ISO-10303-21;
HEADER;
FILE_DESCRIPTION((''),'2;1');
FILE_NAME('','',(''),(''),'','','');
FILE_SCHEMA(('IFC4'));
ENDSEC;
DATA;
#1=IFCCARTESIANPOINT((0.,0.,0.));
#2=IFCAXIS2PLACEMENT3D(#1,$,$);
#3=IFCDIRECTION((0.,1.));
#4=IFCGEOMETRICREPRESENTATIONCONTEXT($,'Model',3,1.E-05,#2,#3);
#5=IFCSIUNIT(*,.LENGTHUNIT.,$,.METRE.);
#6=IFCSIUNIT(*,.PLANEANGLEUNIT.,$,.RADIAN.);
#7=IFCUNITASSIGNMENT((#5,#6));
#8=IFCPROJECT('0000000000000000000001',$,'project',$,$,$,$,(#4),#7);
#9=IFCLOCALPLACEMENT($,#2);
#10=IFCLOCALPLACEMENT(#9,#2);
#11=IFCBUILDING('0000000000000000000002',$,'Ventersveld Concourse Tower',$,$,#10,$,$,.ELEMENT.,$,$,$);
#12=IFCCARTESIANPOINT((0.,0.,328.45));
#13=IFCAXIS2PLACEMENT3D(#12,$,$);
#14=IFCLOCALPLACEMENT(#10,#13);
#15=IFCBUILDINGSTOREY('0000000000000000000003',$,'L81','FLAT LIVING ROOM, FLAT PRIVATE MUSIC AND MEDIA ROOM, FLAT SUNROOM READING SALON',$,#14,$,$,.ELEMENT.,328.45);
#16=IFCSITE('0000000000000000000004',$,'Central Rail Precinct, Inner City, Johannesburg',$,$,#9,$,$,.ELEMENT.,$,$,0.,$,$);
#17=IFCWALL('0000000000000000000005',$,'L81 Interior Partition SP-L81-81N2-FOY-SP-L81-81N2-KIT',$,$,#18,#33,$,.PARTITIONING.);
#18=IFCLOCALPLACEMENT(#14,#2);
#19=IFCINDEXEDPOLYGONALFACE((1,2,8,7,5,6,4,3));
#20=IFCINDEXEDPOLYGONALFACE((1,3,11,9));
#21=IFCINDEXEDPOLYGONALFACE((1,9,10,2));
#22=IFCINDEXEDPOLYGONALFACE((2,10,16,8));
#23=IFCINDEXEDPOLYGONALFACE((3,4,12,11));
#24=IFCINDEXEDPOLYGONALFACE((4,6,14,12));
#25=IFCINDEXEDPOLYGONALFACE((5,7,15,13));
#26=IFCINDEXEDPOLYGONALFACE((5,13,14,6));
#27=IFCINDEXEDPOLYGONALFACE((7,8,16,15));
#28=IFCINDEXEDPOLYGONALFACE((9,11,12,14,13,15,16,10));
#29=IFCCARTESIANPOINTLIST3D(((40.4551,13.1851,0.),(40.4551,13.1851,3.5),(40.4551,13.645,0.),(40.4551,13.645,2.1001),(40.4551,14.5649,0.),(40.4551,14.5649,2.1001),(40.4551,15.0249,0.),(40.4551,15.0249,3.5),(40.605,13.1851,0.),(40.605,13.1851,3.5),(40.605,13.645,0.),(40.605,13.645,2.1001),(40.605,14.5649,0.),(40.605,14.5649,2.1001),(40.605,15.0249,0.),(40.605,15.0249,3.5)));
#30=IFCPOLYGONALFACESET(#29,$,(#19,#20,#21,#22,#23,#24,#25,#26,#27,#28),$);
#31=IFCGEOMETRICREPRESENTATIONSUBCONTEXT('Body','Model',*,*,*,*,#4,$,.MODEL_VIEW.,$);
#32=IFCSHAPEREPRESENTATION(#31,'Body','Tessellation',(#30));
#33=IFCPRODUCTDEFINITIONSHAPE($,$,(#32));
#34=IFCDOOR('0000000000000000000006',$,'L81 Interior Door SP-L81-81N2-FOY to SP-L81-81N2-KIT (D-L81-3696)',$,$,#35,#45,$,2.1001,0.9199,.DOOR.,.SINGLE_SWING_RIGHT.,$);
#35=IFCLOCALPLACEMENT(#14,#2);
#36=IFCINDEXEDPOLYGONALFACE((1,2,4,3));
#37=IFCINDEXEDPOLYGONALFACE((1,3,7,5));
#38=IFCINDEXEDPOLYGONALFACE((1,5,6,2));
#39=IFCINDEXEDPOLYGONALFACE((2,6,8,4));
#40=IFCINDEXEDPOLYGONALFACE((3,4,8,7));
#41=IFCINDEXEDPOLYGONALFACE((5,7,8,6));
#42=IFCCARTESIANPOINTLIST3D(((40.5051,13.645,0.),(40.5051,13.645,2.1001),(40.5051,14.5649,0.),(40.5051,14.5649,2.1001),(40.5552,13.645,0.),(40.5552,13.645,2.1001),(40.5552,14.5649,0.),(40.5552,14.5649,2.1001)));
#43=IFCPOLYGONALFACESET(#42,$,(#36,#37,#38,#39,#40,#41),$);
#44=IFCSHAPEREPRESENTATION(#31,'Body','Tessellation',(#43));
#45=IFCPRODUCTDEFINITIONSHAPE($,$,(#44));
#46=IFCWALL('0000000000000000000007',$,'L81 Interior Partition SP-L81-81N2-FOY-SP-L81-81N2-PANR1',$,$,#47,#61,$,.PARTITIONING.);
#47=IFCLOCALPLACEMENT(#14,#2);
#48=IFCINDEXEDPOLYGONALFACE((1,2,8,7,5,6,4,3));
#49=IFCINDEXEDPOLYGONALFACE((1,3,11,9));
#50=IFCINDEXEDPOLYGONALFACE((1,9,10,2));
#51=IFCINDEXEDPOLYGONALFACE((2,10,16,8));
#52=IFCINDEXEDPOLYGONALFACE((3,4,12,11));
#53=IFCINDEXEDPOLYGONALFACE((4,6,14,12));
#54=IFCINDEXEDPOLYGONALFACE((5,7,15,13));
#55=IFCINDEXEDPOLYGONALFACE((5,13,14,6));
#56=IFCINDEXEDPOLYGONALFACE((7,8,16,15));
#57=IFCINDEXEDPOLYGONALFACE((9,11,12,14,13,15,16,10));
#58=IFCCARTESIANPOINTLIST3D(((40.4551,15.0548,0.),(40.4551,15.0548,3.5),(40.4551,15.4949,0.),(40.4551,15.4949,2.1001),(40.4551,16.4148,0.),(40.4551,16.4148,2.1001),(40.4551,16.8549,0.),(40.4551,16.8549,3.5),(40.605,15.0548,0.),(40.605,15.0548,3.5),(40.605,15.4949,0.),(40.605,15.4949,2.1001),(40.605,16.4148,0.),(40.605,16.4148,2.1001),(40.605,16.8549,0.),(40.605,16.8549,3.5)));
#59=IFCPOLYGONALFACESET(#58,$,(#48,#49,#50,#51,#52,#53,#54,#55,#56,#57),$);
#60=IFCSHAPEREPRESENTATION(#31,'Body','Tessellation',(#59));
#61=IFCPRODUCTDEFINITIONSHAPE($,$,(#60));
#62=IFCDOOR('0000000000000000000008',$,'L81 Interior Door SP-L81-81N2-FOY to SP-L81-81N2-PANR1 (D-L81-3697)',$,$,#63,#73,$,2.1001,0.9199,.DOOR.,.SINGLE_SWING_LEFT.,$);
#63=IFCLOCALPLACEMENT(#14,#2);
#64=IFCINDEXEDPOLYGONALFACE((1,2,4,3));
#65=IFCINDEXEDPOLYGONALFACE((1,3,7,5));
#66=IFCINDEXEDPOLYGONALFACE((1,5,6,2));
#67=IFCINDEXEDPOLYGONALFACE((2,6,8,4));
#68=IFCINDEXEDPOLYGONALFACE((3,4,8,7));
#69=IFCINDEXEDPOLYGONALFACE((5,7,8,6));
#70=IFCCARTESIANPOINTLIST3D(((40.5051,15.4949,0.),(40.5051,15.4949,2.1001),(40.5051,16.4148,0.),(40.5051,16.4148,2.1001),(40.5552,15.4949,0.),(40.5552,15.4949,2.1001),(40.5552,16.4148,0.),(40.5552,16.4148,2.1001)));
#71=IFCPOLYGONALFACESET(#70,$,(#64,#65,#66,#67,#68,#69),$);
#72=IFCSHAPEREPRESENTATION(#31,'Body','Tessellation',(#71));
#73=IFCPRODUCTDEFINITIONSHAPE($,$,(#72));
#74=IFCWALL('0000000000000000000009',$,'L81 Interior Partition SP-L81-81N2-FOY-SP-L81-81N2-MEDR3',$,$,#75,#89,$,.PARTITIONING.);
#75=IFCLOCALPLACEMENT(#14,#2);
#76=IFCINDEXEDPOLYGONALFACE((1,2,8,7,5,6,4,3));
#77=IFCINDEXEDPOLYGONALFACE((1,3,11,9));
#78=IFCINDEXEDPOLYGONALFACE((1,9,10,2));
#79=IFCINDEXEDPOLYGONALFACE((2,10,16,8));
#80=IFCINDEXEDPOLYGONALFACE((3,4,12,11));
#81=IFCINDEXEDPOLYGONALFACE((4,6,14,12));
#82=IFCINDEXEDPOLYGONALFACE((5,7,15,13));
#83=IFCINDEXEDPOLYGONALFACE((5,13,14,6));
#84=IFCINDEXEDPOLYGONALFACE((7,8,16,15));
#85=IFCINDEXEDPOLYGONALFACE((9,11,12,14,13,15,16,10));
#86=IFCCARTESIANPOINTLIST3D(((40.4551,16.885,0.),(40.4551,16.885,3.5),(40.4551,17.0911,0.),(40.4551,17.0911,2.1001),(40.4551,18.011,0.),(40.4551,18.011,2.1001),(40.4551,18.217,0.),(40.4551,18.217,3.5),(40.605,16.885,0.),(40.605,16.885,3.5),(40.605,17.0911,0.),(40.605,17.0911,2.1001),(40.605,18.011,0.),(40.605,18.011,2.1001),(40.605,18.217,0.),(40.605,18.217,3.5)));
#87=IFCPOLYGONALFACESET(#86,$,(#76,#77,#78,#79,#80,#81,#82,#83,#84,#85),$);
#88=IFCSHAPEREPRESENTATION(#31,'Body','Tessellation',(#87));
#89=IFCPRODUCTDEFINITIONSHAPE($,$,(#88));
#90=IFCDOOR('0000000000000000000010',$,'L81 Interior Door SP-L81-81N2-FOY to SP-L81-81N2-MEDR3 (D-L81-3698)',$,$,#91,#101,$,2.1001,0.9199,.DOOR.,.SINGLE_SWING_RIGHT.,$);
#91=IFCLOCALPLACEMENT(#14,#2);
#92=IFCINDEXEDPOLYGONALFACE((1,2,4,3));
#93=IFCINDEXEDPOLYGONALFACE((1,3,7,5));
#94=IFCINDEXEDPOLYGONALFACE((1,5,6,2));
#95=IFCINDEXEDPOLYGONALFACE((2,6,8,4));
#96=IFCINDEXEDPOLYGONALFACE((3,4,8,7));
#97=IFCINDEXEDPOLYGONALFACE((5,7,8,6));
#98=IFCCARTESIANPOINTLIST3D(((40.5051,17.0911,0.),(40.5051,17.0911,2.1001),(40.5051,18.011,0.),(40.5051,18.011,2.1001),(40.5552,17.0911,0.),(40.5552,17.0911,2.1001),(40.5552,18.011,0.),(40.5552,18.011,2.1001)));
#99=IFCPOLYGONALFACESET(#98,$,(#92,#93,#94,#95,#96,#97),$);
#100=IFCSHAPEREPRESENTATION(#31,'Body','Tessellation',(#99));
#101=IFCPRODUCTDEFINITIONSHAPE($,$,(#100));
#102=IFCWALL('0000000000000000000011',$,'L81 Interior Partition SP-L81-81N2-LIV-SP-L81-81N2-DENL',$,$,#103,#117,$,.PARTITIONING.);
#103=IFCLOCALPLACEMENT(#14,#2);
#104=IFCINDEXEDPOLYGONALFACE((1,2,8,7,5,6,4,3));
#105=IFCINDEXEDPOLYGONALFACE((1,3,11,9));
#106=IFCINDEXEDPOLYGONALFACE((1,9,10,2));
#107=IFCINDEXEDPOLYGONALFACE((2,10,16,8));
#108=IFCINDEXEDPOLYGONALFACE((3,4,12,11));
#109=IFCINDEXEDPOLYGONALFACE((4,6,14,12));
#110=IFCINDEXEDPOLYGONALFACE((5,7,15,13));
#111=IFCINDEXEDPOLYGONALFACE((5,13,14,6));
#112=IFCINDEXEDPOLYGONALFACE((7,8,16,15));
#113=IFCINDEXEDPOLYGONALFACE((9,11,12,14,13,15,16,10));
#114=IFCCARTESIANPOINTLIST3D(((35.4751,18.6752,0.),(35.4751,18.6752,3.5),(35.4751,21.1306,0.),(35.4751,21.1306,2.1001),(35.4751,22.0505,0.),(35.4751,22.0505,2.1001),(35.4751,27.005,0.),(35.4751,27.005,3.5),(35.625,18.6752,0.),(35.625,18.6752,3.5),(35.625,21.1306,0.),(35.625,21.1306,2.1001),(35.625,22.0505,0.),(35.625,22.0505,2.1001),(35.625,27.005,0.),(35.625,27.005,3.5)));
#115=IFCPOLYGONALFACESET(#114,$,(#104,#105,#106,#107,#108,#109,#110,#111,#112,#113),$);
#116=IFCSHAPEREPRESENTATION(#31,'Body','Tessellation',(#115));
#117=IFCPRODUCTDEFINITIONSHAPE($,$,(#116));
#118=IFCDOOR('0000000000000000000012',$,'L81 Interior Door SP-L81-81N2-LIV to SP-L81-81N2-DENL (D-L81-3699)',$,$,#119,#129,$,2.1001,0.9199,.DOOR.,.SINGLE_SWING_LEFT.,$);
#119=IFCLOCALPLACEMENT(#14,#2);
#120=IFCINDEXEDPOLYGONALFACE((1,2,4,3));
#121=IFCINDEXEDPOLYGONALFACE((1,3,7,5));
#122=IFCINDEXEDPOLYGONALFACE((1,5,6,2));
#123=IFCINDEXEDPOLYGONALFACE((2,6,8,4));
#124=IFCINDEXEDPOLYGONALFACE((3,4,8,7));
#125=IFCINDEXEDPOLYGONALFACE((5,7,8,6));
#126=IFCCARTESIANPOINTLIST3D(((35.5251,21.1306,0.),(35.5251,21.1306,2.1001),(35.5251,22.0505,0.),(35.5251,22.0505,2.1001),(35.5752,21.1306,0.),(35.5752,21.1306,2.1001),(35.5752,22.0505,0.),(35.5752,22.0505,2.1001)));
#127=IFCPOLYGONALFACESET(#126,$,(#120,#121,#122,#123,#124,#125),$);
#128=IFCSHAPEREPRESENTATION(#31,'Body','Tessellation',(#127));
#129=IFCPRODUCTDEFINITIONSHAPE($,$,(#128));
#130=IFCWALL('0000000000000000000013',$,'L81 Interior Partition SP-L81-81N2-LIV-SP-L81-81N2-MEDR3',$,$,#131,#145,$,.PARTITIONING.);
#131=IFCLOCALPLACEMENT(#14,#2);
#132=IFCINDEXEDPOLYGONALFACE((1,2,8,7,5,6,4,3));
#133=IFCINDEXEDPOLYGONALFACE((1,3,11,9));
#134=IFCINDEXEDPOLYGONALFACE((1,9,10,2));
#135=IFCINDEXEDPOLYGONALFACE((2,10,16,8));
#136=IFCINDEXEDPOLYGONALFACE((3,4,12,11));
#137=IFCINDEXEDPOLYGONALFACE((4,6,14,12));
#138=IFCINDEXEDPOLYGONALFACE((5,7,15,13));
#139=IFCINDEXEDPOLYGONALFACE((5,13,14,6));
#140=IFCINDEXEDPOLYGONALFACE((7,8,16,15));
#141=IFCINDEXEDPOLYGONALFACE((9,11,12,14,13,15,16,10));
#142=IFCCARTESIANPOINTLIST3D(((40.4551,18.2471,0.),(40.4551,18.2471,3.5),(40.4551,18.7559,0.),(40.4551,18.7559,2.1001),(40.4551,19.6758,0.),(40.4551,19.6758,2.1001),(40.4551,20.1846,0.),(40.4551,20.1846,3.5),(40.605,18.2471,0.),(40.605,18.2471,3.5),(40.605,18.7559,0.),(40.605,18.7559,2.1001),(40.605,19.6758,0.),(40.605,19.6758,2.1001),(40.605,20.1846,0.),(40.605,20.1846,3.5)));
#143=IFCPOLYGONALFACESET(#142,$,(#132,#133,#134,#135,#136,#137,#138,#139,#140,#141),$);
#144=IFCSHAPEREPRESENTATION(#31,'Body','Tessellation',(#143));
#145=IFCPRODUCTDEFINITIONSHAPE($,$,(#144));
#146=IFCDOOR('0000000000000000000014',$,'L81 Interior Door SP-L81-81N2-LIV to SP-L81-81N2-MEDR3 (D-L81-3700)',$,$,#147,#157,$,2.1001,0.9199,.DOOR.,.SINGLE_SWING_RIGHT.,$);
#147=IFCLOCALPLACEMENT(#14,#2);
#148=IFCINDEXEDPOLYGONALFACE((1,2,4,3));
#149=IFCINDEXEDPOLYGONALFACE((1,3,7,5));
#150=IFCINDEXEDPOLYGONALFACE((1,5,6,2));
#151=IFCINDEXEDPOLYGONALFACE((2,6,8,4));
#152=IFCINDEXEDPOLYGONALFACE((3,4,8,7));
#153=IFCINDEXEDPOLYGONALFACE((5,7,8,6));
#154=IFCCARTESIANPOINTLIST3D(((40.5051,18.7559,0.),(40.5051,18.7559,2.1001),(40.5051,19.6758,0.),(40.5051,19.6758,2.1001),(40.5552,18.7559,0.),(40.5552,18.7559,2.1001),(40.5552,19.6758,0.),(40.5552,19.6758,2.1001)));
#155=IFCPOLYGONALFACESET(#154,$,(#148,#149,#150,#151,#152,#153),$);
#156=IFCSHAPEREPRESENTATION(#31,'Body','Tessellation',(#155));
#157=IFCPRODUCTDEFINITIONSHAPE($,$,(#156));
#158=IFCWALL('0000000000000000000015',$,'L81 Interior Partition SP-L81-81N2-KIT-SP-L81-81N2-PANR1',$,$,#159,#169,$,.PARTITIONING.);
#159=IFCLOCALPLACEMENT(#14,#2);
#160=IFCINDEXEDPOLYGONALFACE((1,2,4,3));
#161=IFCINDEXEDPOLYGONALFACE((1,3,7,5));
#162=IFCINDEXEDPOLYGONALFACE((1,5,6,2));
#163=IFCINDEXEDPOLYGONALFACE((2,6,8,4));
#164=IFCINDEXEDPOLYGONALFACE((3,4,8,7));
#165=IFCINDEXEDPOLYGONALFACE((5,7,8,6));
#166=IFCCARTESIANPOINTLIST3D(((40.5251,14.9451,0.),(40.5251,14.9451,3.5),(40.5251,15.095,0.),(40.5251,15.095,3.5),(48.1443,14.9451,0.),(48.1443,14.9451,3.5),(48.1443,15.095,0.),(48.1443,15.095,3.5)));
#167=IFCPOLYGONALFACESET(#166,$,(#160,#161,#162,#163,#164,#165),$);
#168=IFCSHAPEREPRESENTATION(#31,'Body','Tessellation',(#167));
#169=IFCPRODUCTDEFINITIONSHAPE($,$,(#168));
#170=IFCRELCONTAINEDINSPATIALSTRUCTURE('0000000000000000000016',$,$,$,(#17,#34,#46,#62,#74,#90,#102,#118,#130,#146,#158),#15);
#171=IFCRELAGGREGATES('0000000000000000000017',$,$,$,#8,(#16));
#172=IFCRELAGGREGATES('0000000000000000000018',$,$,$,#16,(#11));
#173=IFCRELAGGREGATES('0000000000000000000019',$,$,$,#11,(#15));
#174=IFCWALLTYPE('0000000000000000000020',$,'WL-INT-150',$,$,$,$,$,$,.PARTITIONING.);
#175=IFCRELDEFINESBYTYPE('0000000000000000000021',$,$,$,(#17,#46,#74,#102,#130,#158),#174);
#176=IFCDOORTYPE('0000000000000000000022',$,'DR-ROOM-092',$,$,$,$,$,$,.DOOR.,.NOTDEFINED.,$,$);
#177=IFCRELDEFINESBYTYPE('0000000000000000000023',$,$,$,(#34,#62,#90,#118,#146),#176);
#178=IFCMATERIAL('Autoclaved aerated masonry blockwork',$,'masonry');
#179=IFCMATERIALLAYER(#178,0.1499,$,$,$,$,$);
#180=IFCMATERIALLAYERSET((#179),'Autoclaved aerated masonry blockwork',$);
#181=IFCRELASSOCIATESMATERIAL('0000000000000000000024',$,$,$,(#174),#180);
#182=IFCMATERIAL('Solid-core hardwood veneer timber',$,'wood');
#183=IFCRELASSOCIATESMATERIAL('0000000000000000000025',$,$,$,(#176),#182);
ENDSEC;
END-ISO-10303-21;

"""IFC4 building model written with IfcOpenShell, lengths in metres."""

from ifc_helpers import new_model, si_unit, direction, frame, frame_2d, origin, place, context, subcontext, project, spatial, rectangle, extrude, material, layer, layer_set, type_object, element, fill, save


model = new_model("IFC4")

# Units and contexts
model_context = context("Model", 3, precision=1e-05, world=origin(), true_north=direction((0.0, 1.0)))
body_context = subcontext(model_context, "Body", "Model", "MODEL_VIEW")
ifc_project = project(units=[si_unit("LENGTHUNIT", "METRE"), si_unit("PLANEANGLEUNIT", "RADIAN")], contexts=[model_context])

# Site, building, storey
site_placement = place(None, origin())
site = spatial("IfcSite", under=ifc_project, at=site_placement, Name="Central Rail Precinct, Inner City, Johannesburg", CompositionType="ELEMENT", RefElevation=0.0)
building_placement = place(site_placement, origin())
building = spatial("IfcBuilding", under=site, at=building_placement, Name="Ventersveld Concourse Tower", CompositionType="ELEMENT")
storey_placement = place(building_placement, frame((0.0, 0.0, 328.45)))
storey = spatial("IfcBuildingStorey", under=building, at=storey_placement, Name="L81", Description="FLAT LIVING ROOM, FLAT PRIVATE MUSIC AND MEDIA ROOM, FLAT SUNROOM READING SALON", CompositionType="ELEMENT", Elevation=328.45)

# Shared definitions
ifc_material_1 = material(Name="Solid-core hardwood veneer timber", Category="wood")

# Walls, openings, doors
ifc_material_2 = material(Name="Autoclaved aerated masonry blockwork", Category="masonry")
ifc_layer_1 = layer(ifc_material_2, 0.1499)
ifc_layer_set_1 = layer_set([ifc_layer_1], Name="Autoclaved aerated masonry blockwork")
wall_type_1 = type_object("IfcWallType", Name="WL-INT-150", PredefinedType="PARTITIONING", material=ifc_layer_set_1)
wall_1_placement = place(storey_placement, frame((40.53, 13.1851, 0.0), z_axis=(0.0, 0.0, 1.0), x_axis=(0.0, 1.0, 0.0)))
wall_1 = element("IfcWall", 1, at=wall_1_placement, inside=storey, type_object=wall_type_1, Name="L81 Interior Partition SP-L81-81N2-FOY-SP-L81-81N2-KIT", PredefinedType="PARTITIONING", context=body_context, shape_type="SweptSolid", body=[
    extrude(rectangle(XDim=1.8398, YDim=0.1499, at=frame_2d((0.9199, 0.0))), origin(), (0.0, 0.0, 1.0), 3.5),
])
opening_1_placement = place(wall_1_placement, frame((0.46, 0.0, 0.0)))
opening_1 = element("IfcOpeningElement", 2, at=opening_1_placement, cuts=wall_1, PredefinedType="OPENING", context=body_context, shape_type="SweptSolid", body=[
    extrude(rectangle(XDim=0.9199, YDim=2.1001, at=frame_2d((0.46, 1.05))), frame((0.0, 0.085, 0.0), z_axis=(0.0, -1.0, 0.0), x_axis=(1.0, 0.0, 0.0)), (0.0, 0.0, 1.0), 0.1699),
])
door_type_1 = type_object("IfcDoorType", Name="DR-ROOM-092", OperationType="NOTDEFINED", PredefinedType="DOOR", material=ifc_material_1)
door_1_placement = place(opening_1_placement, origin())
door_1 = element("IfcDoor", 3, at=door_1_placement, inside=storey, type_object=door_type_1, Name="L81 Interior Door SP-L81-81N2-FOY to SP-L81-81N2-KIT (D-L81-3696)", OperationType="SINGLE_SWING_RIGHT", OverallHeight=2.1001, OverallWidth=0.9199, PredefinedType="DOOR", context=body_context, shape_type="SweptSolid", body=[
    extrude(rectangle(XDim=0.9199, YDim=2.1001, at=frame_2d((0.46, 1.05))), frame((0.0, 0.0249, 0.0), z_axis=(0.0, -1.0, 0.0), x_axis=(1.0, 0.0, 0.0)), (0.0, 0.0, 1.0), 0.05),
])
fill(opening_1, door_1)
wall_2_placement = place(storey_placement, frame((40.53, 15.0549, 0.0), z_axis=(0.0, 0.0, 1.0), x_axis=(0.0, 1.0, 0.0)))
wall_2 = element("IfcWall", 4, at=wall_2_placement, inside=storey, type_object=wall_type_1, Name="L81 Interior Partition SP-L81-81N2-FOY-SP-L81-81N2-PANR1", PredefinedType="PARTITIONING", context=body_context, shape_type="SweptSolid", body=[
    extrude(rectangle(XDim=1.8, YDim=0.1499, at=frame_2d((0.8999, 0.0))), origin(), (0.0, 0.0, 1.0), 3.5),
])
opening_2_placement = place(wall_2_placement, frame((0.4399, 0.0, 0.0)))
opening_2 = element("IfcOpeningElement", 5, at=opening_2_placement, cuts=wall_2, PredefinedType="OPENING", context=body_context, shape_type="SweptSolid", body=[
    extrude(rectangle(XDim=0.9199, YDim=2.1001, at=frame_2d((0.46, 1.05))), frame((0.0, 0.085, 0.0), z_axis=(0.0, -1.0, 0.0), x_axis=(1.0, 0.0, 0.0)), (0.0, 0.0, 1.0), 0.1699),
])
door_2_placement = place(opening_2_placement, origin())
door_2 = element("IfcDoor", 6, at=door_2_placement, inside=storey, type_object=door_type_1, Name="L81 Interior Door SP-L81-81N2-FOY to SP-L81-81N2-PANR1 (D-L81-3697)", OperationType="SINGLE_SWING_LEFT", OverallHeight=2.1001, OverallWidth=0.9199, PredefinedType="DOOR", context=body_context, shape_type="SweptSolid", body=[
    extrude(rectangle(XDim=0.9199, YDim=2.1001, at=frame_2d((0.46, 1.05))), frame((0.0, 0.0249, 0.0), z_axis=(0.0, -1.0, 0.0), x_axis=(1.0, 0.0, 0.0)), (0.0, 0.0, 1.0), 0.05),
])
fill(opening_2, door_2)
wall_3_placement = place(storey_placement, frame((40.53, 16.885, 0.0), z_axis=(0.0, 0.0, 1.0), x_axis=(0.0, 1.0, 0.0)))
wall_3 = element("IfcWall", 7, at=wall_3_placement, inside=storey, type_object=wall_type_1, Name="L81 Interior Partition SP-L81-81N2-FOY-SP-L81-81N2-MEDR3", PredefinedType="PARTITIONING", context=body_context, shape_type="SweptSolid", body=[
    extrude(rectangle(XDim=1.332, YDim=0.1499, at=frame_2d((0.666, 0.0))), origin(), (0.0, 0.0, 1.0), 3.5),
])
opening_3_placement = place(wall_3_placement, frame((0.2061, 0.0, 0.0)))
opening_3 = element("IfcOpeningElement", 8, at=opening_3_placement, cuts=wall_3, PredefinedType="OPENING", context=body_context, shape_type="SweptSolid", body=[
    extrude(rectangle(XDim=0.9199, YDim=2.1001, at=frame_2d((0.46, 1.05))), frame((0.0, 0.085, 0.0), z_axis=(0.0, -1.0, 0.0), x_axis=(1.0, 0.0, 0.0)), (0.0, 0.0, 1.0), 0.1699),
])
door_3_placement = place(opening_3_placement, origin())
door_3 = element("IfcDoor", 9, at=door_3_placement, inside=storey, type_object=door_type_1, Name="L81 Interior Door SP-L81-81N2-FOY to SP-L81-81N2-MEDR3 (D-L81-3698)", OperationType="SINGLE_SWING_RIGHT", OverallHeight=2.1001, OverallWidth=0.9199, PredefinedType="DOOR", context=body_context, shape_type="SweptSolid", body=[
    extrude(rectangle(XDim=0.9199, YDim=2.1001, at=frame_2d((0.46, 1.05))), frame((0.0, 0.0249, 0.0), z_axis=(0.0, -1.0, 0.0), x_axis=(1.0, 0.0, 0.0)), (0.0, 0.0, 1.0), 0.05),
])
fill(opening_3, door_3)
wall_4_placement = place(storey_placement, frame((35.55, 18.675, 0.0), z_axis=(0.0, 0.0, 1.0), x_axis=(0.0, 1.0, 0.0)))
wall_4 = element("IfcWall", 10, at=wall_4_placement, inside=storey, type_object=wall_type_1, Name="L81 Interior Partition SP-L81-81N2-LIV-SP-L81-81N2-DENL", PredefinedType="PARTITIONING", context=body_context, shape_type="SweptSolid", body=[
    extrude(rectangle(XDim=8.3298, YDim=0.1499, at=frame_2d((4.165, 0.0))), origin(), (0.0, 0.0, 1.0), 3.5),
])
opening_4_placement = place(wall_4_placement, frame((2.4556, 0.0, 0.0)))
opening_4 = element("IfcOpeningElement", 11, at=opening_4_placement, cuts=wall_4, PredefinedType="OPENING", context=body_context, shape_type="SweptSolid", body=[
    extrude(rectangle(XDim=0.9199, YDim=2.1001, at=frame_2d((0.46, 1.05))), frame((0.0, 0.085, 0.0), z_axis=(0.0, -1.0, 0.0), x_axis=(1.0, 0.0, 0.0)), (0.0, 0.0, 1.0), 0.1699),
])
door_4_placement = place(opening_4_placement, origin())
door_4 = element("IfcDoor", 12, at=door_4_placement, inside=storey, type_object=door_type_1, Name="L81 Interior Door SP-L81-81N2-LIV to SP-L81-81N2-DENL (D-L81-3699)", OperationType="SINGLE_SWING_LEFT", OverallHeight=2.1001, OverallWidth=0.9199, PredefinedType="DOOR", context=body_context, shape_type="SweptSolid", body=[
    extrude(rectangle(XDim=0.9199, YDim=2.1001, at=frame_2d((0.46, 1.05))), frame((0.0, 0.0249, 0.0), z_axis=(0.0, -1.0, 0.0), x_axis=(1.0, 0.0, 0.0)), (0.0, 0.0, 1.0), 0.05),
])
fill(opening_4, door_4)
wall_5_placement = place(storey_placement, frame((40.53, 18.2471, 0.0), z_axis=(0.0, 0.0, 1.0), x_axis=(0.0, 1.0, 0.0)))
wall_5 = element("IfcWall", 13, at=wall_5_placement, inside=storey, type_object=wall_type_1, Name="L81 Interior Partition SP-L81-81N2-LIV-SP-L81-81N2-MEDR3", PredefinedType="PARTITIONING", context=body_context, shape_type="SweptSolid", body=[
    extrude(rectangle(XDim=1.9375, YDim=0.1499, at=frame_2d((0.9688, 0.0))), origin(), (0.0, 0.0, 1.0), 3.5),
])
opening_5_placement = place(wall_5_placement, frame((0.5088, 0.0, 0.0)))
opening_5 = element("IfcOpeningElement", 14, at=opening_5_placement, cuts=wall_5, PredefinedType="OPENING", context=body_context, shape_type="SweptSolid", body=[
    extrude(rectangle(XDim=0.9199, YDim=2.1001, at=frame_2d((0.46, 1.05))), frame((0.0, 0.085, 0.0), z_axis=(0.0, -1.0, 0.0), x_axis=(1.0, 0.0, 0.0)), (0.0, 0.0, 1.0), 0.1699),
])
door_5_placement = place(opening_5_placement, origin())
door_5 = element("IfcDoor", 15, at=door_5_placement, inside=storey, type_object=door_type_1, Name="L81 Interior Door SP-L81-81N2-LIV to SP-L81-81N2-MEDR3 (D-L81-3700)", OperationType="SINGLE_SWING_RIGHT", OverallHeight=2.1001, OverallWidth=0.9199, PredefinedType="DOOR", context=body_context, shape_type="SweptSolid", body=[
    extrude(rectangle(XDim=0.9199, YDim=2.1001, at=frame_2d((0.46, 1.05))), frame((0.0, 0.0249, 0.0), z_axis=(0.0, -1.0, 0.0), x_axis=(1.0, 0.0, 0.0)), (0.0, 0.0, 1.0), 0.05),
])
fill(opening_5, door_5)

# Wall
for number, where, z_axis, x_axis, name in (
    (16, (40.5251, 15.02, 0.0), (0.0, 0.0, 1.0), (1.0, 0.0, 0.0), "L81 Interior Partition SP-L81-81N2-KIT-SP-L81-81N2-PANR1"),
):
    element("IfcWall", number, at=place(storey_placement, frame(where, z_axis=z_axis, x_axis=x_axis)), inside=storey, type_object=wall_type_1, Name=name, PredefinedType="PARTITIONING", context=body_context, shape_type="SweptSolid", body=[
        extrude(rectangle(XDim=7.6191, YDim=0.1499, at=frame_2d((3.8096, 0.0))), origin(), (0.0, 0.0, 1.0), 3.5),
    ])

save(model, "model.ifc")
